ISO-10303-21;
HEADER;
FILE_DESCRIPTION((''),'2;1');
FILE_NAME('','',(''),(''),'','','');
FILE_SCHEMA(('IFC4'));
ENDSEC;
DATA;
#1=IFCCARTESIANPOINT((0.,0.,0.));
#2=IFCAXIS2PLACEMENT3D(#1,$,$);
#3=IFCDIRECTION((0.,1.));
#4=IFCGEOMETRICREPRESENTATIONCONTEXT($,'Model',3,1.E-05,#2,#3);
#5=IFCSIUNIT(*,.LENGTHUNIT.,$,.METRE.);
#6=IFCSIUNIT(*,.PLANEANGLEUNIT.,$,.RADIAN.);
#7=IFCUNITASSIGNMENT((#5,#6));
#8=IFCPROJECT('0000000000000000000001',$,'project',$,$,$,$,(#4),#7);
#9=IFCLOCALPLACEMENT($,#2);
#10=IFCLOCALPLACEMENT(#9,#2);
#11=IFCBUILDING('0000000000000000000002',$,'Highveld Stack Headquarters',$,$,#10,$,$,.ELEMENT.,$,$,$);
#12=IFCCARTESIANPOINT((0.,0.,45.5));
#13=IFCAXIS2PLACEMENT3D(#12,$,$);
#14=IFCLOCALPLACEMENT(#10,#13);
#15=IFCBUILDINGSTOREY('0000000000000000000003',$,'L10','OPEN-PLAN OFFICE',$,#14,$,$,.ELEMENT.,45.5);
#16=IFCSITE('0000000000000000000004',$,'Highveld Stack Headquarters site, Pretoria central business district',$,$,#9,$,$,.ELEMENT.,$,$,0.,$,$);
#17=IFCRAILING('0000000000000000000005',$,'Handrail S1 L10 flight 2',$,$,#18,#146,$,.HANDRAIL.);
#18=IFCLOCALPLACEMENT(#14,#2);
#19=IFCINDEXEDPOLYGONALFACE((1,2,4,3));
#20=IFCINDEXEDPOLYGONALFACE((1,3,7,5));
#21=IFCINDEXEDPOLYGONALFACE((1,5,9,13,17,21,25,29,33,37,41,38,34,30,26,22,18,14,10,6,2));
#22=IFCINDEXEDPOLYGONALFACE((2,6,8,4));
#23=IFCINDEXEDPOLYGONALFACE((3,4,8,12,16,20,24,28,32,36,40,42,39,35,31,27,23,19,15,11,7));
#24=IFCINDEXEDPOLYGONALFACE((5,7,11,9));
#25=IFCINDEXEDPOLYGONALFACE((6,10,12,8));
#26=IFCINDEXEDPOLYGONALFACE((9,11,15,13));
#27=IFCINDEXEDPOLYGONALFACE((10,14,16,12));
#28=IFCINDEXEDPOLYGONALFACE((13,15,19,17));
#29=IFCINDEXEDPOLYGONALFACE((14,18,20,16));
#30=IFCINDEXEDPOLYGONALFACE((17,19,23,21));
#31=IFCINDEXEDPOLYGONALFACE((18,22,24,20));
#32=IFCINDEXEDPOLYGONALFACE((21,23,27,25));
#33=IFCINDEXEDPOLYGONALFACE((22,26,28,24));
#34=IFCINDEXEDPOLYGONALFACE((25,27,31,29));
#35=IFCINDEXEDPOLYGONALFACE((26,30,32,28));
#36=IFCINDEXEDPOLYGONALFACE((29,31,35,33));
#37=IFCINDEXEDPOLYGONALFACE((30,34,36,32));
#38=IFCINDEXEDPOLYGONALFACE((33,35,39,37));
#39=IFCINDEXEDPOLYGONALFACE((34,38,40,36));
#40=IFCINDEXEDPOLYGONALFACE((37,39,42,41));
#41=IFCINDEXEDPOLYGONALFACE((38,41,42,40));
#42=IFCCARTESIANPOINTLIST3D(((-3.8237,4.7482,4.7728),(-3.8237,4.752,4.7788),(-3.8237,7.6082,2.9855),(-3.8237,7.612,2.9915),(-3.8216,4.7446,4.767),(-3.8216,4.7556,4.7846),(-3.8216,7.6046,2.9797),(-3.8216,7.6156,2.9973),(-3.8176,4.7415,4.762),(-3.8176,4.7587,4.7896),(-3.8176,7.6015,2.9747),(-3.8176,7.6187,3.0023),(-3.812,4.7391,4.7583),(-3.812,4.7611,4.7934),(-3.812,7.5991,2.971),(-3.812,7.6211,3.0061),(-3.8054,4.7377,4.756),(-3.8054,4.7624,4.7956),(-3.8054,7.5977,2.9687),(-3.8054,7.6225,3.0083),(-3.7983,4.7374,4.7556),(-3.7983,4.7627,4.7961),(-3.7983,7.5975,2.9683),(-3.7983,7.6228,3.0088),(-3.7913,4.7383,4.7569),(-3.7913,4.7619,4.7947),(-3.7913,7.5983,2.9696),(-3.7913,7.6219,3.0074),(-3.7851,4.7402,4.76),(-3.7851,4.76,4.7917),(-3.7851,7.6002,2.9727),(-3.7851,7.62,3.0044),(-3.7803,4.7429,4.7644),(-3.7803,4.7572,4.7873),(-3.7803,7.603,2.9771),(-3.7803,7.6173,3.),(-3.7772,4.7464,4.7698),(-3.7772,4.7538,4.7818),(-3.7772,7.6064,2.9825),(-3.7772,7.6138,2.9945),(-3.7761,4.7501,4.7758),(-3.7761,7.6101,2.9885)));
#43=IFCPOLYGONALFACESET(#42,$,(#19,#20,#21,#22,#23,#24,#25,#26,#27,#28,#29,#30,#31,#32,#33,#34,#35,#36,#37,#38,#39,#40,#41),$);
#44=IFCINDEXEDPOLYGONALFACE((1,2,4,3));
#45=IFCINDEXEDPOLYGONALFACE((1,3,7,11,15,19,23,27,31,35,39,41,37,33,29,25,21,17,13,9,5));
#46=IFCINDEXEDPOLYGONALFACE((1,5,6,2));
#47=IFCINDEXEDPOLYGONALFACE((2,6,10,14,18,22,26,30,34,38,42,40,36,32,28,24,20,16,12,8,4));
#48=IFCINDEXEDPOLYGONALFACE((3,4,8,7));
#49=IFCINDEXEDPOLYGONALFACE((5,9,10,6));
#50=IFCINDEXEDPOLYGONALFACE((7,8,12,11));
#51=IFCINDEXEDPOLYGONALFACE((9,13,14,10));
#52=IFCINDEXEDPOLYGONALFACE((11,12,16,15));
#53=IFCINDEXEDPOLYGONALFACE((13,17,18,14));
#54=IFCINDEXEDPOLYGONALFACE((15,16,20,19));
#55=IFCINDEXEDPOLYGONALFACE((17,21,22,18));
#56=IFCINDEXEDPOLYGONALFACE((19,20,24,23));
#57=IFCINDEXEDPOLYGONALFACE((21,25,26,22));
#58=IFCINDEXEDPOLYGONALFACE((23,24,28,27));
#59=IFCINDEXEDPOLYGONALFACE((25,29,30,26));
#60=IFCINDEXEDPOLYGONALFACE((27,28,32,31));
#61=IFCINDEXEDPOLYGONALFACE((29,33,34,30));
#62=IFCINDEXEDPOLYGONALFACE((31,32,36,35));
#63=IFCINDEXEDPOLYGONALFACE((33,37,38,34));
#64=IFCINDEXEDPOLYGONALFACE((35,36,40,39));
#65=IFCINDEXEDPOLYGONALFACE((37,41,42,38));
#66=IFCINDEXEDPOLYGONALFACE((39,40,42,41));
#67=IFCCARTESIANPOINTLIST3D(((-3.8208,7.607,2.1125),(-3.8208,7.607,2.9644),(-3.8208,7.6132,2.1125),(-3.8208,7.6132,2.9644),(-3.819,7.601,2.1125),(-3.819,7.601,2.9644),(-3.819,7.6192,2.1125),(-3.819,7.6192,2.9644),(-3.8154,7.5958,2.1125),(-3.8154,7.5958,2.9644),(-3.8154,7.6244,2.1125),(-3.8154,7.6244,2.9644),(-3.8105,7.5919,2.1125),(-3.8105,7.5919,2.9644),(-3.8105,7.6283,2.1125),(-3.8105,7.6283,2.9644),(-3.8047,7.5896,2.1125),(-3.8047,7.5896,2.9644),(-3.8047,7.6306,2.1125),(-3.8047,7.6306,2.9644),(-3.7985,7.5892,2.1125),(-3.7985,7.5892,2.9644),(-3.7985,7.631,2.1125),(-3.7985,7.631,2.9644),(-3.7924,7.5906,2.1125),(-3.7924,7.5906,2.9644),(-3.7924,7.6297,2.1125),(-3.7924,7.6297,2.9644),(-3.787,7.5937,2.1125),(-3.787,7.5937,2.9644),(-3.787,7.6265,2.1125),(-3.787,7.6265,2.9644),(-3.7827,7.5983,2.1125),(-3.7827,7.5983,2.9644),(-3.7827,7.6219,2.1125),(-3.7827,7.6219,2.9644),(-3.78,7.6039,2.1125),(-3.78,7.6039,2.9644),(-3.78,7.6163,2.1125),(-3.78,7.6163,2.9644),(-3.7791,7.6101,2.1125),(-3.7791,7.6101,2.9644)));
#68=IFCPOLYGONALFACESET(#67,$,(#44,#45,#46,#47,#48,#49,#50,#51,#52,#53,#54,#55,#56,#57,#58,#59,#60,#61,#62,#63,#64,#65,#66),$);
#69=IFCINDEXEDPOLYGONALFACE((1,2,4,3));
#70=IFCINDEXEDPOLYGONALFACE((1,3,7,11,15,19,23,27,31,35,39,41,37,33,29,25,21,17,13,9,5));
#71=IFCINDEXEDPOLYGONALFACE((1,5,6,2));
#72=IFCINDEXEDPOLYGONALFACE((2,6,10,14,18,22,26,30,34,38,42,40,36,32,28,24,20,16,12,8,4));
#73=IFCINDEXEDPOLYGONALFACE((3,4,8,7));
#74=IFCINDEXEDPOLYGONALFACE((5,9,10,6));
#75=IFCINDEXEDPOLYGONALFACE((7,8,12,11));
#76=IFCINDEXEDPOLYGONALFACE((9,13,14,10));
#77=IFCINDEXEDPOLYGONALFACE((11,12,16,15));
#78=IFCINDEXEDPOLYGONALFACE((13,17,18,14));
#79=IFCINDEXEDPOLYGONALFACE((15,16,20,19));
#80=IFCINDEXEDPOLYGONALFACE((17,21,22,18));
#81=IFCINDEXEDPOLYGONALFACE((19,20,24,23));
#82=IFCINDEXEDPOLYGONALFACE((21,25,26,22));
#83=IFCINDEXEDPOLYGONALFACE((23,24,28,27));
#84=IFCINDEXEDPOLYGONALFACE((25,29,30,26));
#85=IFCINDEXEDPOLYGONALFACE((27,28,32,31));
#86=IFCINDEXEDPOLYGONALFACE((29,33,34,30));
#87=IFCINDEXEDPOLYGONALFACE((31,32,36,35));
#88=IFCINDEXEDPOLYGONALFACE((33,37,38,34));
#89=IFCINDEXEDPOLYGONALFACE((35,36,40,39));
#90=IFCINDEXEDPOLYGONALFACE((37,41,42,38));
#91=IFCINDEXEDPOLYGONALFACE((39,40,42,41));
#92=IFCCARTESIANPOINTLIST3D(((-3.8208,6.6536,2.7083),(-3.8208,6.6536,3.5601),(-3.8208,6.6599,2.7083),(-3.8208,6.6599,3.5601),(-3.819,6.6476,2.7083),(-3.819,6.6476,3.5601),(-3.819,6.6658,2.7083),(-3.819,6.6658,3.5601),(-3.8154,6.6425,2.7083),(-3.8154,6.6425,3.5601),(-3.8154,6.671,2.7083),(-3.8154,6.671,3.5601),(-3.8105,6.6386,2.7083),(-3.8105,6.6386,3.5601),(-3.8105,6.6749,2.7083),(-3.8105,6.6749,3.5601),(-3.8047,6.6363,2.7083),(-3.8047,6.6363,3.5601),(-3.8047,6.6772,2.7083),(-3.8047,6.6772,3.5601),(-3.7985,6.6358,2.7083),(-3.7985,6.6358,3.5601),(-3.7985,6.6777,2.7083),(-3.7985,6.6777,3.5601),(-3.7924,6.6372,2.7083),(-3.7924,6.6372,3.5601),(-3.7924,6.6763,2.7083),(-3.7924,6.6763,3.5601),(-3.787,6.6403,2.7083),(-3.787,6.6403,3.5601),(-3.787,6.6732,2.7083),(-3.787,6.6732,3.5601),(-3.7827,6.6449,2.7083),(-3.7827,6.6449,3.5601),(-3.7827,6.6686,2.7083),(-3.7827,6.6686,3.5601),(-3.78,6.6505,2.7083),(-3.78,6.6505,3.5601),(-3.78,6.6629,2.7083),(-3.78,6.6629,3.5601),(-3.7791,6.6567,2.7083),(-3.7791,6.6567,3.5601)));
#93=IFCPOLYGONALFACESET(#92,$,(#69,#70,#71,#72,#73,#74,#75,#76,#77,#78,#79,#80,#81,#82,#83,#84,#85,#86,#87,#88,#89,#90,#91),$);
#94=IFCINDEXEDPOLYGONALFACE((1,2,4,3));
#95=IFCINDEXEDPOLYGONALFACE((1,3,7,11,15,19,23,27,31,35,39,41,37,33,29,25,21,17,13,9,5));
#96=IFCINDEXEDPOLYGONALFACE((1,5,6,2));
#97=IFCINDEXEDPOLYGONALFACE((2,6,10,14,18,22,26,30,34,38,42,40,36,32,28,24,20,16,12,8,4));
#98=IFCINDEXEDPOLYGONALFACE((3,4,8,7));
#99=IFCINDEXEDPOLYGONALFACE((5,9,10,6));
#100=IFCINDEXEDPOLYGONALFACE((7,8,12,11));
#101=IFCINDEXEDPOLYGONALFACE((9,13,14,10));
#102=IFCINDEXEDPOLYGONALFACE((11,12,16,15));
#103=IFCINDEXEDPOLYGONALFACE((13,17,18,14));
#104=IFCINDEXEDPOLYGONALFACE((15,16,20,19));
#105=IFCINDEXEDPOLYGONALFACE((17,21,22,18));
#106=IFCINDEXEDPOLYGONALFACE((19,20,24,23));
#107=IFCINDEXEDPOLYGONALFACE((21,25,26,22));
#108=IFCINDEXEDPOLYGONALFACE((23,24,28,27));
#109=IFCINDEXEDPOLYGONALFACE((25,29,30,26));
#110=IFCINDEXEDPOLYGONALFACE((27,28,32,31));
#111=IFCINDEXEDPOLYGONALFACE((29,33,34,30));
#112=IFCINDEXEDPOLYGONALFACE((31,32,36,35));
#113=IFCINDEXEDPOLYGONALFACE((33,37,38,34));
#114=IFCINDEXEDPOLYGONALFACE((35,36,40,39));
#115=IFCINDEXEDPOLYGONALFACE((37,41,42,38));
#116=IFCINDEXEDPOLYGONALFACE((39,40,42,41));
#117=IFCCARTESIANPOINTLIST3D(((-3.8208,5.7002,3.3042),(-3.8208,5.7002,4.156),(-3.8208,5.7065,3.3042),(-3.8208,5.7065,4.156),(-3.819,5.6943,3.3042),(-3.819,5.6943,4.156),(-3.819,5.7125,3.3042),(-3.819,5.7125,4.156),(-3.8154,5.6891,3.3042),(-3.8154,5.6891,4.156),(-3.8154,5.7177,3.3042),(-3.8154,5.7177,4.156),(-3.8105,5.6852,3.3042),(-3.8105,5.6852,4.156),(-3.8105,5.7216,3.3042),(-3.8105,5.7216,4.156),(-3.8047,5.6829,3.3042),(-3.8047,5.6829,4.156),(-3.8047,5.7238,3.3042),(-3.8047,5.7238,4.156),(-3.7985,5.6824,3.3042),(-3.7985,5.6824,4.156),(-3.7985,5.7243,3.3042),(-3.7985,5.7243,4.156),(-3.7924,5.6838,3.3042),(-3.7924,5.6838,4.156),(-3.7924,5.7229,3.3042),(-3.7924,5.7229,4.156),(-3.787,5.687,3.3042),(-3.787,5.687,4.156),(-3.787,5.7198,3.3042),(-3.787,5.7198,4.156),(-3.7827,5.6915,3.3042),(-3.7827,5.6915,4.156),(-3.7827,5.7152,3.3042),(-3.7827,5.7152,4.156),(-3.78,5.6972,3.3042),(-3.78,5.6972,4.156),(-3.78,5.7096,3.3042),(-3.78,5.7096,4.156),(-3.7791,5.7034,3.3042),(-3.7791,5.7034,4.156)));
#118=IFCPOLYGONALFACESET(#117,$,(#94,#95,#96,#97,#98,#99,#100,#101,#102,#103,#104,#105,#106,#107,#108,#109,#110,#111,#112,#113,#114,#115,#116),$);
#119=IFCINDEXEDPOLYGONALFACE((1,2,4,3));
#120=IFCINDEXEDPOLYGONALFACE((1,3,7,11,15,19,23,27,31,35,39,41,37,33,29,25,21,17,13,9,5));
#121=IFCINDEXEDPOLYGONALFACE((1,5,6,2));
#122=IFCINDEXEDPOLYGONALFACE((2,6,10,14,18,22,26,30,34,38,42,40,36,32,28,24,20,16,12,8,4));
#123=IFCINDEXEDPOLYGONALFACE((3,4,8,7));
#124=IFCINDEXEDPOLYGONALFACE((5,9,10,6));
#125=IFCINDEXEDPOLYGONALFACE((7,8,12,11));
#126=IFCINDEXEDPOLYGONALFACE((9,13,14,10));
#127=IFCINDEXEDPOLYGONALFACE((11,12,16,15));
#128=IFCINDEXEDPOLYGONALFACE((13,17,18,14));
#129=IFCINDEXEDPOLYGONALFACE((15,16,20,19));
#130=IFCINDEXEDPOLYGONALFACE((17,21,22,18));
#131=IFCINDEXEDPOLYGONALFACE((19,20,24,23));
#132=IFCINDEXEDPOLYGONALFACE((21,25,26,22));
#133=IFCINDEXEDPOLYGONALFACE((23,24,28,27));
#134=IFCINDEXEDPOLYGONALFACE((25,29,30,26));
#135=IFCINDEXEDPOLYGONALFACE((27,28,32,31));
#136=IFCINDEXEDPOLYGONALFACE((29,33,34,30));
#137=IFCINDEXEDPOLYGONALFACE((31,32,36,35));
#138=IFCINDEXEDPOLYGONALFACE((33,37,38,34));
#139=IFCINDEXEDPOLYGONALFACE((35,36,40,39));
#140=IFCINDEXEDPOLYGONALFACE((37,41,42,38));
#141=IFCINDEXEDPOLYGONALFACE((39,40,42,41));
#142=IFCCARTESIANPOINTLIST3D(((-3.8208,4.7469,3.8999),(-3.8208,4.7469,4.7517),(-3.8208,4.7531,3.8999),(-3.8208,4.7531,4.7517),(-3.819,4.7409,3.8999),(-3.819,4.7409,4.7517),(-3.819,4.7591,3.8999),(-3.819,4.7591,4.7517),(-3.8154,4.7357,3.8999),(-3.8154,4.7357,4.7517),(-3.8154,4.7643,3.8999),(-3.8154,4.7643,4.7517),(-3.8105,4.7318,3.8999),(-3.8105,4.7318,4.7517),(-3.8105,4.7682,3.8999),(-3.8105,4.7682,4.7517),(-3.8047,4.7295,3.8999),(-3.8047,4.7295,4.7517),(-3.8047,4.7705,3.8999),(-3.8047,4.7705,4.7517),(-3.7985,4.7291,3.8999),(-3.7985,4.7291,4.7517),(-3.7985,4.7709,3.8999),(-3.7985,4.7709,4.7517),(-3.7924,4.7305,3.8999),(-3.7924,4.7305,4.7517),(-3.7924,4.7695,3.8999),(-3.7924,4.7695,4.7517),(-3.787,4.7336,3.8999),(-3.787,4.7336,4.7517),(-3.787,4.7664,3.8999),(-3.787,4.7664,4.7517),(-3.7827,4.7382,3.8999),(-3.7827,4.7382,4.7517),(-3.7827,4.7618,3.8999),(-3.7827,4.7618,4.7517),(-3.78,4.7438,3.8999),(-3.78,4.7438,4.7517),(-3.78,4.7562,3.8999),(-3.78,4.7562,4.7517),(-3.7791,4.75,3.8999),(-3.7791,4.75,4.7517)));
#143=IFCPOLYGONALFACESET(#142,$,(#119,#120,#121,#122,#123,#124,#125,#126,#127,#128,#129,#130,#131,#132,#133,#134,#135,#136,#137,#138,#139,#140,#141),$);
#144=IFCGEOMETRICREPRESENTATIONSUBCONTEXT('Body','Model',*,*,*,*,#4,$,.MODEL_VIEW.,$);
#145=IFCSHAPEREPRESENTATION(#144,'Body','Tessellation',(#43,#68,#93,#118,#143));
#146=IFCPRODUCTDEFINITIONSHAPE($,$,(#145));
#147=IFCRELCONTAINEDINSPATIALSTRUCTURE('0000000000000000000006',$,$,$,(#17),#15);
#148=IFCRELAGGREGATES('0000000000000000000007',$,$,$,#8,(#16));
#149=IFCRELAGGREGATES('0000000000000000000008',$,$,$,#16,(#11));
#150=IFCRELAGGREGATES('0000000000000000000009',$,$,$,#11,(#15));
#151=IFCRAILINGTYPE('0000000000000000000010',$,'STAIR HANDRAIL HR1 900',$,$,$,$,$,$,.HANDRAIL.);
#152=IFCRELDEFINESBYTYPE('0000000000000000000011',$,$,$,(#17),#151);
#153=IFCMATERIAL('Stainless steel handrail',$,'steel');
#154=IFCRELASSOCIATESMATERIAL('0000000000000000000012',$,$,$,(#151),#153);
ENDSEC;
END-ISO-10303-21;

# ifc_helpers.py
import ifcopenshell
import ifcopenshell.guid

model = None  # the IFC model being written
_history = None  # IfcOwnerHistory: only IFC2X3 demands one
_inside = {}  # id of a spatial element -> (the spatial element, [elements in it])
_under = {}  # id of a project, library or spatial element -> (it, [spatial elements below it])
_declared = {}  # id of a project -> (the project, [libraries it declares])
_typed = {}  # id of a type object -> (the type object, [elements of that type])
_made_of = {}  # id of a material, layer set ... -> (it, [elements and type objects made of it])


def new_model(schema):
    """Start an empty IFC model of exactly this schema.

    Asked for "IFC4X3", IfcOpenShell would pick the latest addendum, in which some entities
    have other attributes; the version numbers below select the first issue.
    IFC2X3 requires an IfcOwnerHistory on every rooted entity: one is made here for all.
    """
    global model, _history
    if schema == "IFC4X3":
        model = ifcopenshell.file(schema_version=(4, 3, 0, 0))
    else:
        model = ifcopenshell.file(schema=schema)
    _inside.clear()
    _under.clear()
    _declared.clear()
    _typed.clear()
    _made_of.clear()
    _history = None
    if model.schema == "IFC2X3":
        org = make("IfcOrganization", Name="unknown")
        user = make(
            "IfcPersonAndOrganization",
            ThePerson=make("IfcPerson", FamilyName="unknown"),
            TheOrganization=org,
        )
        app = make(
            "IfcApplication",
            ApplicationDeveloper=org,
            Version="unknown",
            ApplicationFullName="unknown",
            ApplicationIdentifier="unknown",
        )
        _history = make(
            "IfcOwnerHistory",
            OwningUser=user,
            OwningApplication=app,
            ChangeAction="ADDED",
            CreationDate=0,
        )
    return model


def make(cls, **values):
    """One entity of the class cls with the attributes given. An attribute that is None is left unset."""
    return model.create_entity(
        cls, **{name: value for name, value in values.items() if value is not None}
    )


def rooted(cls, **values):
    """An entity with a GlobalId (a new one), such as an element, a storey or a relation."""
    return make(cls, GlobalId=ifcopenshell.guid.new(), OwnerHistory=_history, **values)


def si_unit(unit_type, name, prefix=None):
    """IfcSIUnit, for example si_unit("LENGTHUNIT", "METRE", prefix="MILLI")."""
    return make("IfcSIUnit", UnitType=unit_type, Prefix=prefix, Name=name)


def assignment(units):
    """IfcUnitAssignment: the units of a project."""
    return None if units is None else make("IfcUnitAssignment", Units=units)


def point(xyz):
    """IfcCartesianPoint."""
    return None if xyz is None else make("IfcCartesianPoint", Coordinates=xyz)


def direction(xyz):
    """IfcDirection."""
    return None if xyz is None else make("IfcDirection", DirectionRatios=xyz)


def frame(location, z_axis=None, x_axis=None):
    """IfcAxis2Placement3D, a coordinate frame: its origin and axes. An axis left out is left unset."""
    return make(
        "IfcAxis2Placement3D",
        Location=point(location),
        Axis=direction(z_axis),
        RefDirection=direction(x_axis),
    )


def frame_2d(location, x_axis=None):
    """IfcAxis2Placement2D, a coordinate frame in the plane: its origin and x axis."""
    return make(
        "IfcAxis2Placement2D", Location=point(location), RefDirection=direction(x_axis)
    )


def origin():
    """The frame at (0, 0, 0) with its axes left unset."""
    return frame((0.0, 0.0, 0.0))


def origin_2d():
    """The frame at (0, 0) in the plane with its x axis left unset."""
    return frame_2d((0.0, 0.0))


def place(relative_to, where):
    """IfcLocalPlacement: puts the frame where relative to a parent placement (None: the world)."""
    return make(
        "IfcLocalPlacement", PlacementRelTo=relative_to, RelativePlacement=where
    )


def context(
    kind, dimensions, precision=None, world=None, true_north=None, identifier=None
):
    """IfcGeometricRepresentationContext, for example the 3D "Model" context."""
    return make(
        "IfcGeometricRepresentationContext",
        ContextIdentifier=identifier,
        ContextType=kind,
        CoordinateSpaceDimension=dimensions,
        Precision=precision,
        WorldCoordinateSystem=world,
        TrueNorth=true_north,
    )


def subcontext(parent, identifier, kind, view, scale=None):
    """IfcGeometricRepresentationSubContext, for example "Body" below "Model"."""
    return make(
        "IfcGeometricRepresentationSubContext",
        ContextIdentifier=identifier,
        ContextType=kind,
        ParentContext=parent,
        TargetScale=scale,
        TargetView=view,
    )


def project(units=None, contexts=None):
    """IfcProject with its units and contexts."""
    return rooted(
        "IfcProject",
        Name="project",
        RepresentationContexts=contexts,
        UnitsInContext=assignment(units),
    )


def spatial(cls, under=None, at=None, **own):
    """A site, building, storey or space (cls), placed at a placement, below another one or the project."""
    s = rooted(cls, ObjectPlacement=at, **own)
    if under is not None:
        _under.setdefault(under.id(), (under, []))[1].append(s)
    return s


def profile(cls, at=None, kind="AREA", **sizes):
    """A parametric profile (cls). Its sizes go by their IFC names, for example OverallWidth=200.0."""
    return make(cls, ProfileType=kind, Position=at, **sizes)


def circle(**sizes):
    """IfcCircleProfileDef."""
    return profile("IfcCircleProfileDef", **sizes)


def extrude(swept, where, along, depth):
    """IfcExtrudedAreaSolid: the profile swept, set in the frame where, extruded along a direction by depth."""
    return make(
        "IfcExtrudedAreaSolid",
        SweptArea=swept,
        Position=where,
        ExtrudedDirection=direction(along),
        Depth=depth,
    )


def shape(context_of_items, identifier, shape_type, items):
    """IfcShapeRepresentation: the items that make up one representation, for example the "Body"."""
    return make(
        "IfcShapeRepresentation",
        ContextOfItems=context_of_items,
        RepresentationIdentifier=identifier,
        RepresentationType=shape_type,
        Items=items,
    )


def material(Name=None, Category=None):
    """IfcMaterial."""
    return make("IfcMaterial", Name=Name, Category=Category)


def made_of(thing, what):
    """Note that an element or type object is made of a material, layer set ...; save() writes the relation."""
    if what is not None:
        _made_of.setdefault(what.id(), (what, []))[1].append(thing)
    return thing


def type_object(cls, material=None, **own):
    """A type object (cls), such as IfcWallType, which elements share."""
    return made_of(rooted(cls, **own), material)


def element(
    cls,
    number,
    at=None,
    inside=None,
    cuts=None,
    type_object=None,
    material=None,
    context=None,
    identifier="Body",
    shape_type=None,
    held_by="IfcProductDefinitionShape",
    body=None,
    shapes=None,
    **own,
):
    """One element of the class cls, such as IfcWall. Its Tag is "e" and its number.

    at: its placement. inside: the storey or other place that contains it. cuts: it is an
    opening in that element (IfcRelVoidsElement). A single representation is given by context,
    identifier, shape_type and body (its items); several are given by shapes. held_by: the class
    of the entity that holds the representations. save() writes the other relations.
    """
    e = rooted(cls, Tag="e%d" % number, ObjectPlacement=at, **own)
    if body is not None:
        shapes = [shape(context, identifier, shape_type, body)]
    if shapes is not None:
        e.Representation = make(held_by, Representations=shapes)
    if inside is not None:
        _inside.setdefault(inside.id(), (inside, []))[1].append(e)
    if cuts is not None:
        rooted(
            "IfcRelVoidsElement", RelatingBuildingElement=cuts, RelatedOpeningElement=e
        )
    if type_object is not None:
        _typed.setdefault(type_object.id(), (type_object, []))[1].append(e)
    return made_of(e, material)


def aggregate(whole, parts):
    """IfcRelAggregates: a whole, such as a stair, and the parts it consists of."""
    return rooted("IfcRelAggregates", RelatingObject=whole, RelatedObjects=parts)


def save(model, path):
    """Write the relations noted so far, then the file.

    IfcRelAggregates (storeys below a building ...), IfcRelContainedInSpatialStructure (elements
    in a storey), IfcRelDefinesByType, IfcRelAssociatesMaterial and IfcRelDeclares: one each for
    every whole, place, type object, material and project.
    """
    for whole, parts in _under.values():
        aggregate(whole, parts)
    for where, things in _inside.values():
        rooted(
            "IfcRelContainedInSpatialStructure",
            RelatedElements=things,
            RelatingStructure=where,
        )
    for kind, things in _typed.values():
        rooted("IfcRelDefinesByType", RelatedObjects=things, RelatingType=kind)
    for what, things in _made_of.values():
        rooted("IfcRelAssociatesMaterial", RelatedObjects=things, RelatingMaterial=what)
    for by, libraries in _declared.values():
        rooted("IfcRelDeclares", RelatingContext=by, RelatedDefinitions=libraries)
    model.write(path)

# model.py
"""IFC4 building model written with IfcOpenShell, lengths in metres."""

from ifc_helpers import new_model, si_unit, direction, frame, origin, origin_2d, place, context, subcontext, project, spatial, circle, extrude, material, type_object, element, save


model = new_model("IFC4")

# Units and contexts
model_context = context("Model", 3, precision=1e-05, world=origin(), true_north=direction((0.0, 1.0)))
body_context = subcontext(model_context, "Body", "Model", "MODEL_VIEW")
ifc_project = project(units=[si_unit("LENGTHUNIT", "METRE"), si_unit("PLANEANGLEUNIT", "RADIAN")], contexts=[model_context])

# Site, building, storey
site_placement = place(None, origin())
site = spatial("IfcSite", under=ifc_project, at=site_placement, Name="Highveld Stack Headquarters site, Pretoria central business district", CompositionType="ELEMENT", RefElevation=0.0)
building_placement = place(site_placement, origin())
building = spatial("IfcBuilding", under=site, at=building_placement, Name="Highveld Stack Headquarters", CompositionType="ELEMENT")
storey_placement = place(building_placement, frame((0.0, 0.0, 45.5)))
storey = spatial("IfcBuildingStorey", under=building, at=storey_placement, Name="L10", Description="OPEN-PLAN OFFICE", CompositionType="ELEMENT", Elevation=45.5)

# Railing
ifc_material_1 = material(Name="Stainless steel handrail", Category="steel")
railing_type = type_object("IfcRailingType", Name="STAIR HANDRAIL HR1 900", PredefinedType="HANDRAIL", material=ifc_material_1)
for number, where, name in (
    (1, (-3.8, 7.6101, 2.1125), "Handrail S1 L10 flight 2"),
):
    element("IfcRailing", number, at=place(storey_placement, frame(where)), inside=storey, type_object=railing_type, Name=name, PredefinedType="HANDRAIL", context=body_context, shape_type="SweptSolid", body=[
        extrude(circle(Radius=0.0239, at=origin_2d()), frame((0.0, 0.0, 0.876), z_axis=(0.0, -0.848027, 0.529953), x_axis=(1.0, 0.0, 0.0)), (0.0, 0.0, 1.0), 3.3726),
        extrude(circle(Radius=0.021, at=origin_2d()), origin(), (0.0, 0.0, 1.0), 0.8518),
        extrude(circle(Radius=0.021, at=origin_2d()), frame((0.0, -0.9534, 0.5957)), (0.0, 0.0, 1.0), 0.8518),
        extrude(circle(Radius=0.021, at=origin_2d()), frame((0.0, -1.9067, 1.1917)), (0.0, 0.0, 1.0), 0.8518),
        extrude(circle(Radius=0.021, at=origin_2d()), frame((0.0, -2.8601, 1.7874)), (0.0, 0.0, 1.0), 0.8518),
    ])

save(model, "model.ifc")
